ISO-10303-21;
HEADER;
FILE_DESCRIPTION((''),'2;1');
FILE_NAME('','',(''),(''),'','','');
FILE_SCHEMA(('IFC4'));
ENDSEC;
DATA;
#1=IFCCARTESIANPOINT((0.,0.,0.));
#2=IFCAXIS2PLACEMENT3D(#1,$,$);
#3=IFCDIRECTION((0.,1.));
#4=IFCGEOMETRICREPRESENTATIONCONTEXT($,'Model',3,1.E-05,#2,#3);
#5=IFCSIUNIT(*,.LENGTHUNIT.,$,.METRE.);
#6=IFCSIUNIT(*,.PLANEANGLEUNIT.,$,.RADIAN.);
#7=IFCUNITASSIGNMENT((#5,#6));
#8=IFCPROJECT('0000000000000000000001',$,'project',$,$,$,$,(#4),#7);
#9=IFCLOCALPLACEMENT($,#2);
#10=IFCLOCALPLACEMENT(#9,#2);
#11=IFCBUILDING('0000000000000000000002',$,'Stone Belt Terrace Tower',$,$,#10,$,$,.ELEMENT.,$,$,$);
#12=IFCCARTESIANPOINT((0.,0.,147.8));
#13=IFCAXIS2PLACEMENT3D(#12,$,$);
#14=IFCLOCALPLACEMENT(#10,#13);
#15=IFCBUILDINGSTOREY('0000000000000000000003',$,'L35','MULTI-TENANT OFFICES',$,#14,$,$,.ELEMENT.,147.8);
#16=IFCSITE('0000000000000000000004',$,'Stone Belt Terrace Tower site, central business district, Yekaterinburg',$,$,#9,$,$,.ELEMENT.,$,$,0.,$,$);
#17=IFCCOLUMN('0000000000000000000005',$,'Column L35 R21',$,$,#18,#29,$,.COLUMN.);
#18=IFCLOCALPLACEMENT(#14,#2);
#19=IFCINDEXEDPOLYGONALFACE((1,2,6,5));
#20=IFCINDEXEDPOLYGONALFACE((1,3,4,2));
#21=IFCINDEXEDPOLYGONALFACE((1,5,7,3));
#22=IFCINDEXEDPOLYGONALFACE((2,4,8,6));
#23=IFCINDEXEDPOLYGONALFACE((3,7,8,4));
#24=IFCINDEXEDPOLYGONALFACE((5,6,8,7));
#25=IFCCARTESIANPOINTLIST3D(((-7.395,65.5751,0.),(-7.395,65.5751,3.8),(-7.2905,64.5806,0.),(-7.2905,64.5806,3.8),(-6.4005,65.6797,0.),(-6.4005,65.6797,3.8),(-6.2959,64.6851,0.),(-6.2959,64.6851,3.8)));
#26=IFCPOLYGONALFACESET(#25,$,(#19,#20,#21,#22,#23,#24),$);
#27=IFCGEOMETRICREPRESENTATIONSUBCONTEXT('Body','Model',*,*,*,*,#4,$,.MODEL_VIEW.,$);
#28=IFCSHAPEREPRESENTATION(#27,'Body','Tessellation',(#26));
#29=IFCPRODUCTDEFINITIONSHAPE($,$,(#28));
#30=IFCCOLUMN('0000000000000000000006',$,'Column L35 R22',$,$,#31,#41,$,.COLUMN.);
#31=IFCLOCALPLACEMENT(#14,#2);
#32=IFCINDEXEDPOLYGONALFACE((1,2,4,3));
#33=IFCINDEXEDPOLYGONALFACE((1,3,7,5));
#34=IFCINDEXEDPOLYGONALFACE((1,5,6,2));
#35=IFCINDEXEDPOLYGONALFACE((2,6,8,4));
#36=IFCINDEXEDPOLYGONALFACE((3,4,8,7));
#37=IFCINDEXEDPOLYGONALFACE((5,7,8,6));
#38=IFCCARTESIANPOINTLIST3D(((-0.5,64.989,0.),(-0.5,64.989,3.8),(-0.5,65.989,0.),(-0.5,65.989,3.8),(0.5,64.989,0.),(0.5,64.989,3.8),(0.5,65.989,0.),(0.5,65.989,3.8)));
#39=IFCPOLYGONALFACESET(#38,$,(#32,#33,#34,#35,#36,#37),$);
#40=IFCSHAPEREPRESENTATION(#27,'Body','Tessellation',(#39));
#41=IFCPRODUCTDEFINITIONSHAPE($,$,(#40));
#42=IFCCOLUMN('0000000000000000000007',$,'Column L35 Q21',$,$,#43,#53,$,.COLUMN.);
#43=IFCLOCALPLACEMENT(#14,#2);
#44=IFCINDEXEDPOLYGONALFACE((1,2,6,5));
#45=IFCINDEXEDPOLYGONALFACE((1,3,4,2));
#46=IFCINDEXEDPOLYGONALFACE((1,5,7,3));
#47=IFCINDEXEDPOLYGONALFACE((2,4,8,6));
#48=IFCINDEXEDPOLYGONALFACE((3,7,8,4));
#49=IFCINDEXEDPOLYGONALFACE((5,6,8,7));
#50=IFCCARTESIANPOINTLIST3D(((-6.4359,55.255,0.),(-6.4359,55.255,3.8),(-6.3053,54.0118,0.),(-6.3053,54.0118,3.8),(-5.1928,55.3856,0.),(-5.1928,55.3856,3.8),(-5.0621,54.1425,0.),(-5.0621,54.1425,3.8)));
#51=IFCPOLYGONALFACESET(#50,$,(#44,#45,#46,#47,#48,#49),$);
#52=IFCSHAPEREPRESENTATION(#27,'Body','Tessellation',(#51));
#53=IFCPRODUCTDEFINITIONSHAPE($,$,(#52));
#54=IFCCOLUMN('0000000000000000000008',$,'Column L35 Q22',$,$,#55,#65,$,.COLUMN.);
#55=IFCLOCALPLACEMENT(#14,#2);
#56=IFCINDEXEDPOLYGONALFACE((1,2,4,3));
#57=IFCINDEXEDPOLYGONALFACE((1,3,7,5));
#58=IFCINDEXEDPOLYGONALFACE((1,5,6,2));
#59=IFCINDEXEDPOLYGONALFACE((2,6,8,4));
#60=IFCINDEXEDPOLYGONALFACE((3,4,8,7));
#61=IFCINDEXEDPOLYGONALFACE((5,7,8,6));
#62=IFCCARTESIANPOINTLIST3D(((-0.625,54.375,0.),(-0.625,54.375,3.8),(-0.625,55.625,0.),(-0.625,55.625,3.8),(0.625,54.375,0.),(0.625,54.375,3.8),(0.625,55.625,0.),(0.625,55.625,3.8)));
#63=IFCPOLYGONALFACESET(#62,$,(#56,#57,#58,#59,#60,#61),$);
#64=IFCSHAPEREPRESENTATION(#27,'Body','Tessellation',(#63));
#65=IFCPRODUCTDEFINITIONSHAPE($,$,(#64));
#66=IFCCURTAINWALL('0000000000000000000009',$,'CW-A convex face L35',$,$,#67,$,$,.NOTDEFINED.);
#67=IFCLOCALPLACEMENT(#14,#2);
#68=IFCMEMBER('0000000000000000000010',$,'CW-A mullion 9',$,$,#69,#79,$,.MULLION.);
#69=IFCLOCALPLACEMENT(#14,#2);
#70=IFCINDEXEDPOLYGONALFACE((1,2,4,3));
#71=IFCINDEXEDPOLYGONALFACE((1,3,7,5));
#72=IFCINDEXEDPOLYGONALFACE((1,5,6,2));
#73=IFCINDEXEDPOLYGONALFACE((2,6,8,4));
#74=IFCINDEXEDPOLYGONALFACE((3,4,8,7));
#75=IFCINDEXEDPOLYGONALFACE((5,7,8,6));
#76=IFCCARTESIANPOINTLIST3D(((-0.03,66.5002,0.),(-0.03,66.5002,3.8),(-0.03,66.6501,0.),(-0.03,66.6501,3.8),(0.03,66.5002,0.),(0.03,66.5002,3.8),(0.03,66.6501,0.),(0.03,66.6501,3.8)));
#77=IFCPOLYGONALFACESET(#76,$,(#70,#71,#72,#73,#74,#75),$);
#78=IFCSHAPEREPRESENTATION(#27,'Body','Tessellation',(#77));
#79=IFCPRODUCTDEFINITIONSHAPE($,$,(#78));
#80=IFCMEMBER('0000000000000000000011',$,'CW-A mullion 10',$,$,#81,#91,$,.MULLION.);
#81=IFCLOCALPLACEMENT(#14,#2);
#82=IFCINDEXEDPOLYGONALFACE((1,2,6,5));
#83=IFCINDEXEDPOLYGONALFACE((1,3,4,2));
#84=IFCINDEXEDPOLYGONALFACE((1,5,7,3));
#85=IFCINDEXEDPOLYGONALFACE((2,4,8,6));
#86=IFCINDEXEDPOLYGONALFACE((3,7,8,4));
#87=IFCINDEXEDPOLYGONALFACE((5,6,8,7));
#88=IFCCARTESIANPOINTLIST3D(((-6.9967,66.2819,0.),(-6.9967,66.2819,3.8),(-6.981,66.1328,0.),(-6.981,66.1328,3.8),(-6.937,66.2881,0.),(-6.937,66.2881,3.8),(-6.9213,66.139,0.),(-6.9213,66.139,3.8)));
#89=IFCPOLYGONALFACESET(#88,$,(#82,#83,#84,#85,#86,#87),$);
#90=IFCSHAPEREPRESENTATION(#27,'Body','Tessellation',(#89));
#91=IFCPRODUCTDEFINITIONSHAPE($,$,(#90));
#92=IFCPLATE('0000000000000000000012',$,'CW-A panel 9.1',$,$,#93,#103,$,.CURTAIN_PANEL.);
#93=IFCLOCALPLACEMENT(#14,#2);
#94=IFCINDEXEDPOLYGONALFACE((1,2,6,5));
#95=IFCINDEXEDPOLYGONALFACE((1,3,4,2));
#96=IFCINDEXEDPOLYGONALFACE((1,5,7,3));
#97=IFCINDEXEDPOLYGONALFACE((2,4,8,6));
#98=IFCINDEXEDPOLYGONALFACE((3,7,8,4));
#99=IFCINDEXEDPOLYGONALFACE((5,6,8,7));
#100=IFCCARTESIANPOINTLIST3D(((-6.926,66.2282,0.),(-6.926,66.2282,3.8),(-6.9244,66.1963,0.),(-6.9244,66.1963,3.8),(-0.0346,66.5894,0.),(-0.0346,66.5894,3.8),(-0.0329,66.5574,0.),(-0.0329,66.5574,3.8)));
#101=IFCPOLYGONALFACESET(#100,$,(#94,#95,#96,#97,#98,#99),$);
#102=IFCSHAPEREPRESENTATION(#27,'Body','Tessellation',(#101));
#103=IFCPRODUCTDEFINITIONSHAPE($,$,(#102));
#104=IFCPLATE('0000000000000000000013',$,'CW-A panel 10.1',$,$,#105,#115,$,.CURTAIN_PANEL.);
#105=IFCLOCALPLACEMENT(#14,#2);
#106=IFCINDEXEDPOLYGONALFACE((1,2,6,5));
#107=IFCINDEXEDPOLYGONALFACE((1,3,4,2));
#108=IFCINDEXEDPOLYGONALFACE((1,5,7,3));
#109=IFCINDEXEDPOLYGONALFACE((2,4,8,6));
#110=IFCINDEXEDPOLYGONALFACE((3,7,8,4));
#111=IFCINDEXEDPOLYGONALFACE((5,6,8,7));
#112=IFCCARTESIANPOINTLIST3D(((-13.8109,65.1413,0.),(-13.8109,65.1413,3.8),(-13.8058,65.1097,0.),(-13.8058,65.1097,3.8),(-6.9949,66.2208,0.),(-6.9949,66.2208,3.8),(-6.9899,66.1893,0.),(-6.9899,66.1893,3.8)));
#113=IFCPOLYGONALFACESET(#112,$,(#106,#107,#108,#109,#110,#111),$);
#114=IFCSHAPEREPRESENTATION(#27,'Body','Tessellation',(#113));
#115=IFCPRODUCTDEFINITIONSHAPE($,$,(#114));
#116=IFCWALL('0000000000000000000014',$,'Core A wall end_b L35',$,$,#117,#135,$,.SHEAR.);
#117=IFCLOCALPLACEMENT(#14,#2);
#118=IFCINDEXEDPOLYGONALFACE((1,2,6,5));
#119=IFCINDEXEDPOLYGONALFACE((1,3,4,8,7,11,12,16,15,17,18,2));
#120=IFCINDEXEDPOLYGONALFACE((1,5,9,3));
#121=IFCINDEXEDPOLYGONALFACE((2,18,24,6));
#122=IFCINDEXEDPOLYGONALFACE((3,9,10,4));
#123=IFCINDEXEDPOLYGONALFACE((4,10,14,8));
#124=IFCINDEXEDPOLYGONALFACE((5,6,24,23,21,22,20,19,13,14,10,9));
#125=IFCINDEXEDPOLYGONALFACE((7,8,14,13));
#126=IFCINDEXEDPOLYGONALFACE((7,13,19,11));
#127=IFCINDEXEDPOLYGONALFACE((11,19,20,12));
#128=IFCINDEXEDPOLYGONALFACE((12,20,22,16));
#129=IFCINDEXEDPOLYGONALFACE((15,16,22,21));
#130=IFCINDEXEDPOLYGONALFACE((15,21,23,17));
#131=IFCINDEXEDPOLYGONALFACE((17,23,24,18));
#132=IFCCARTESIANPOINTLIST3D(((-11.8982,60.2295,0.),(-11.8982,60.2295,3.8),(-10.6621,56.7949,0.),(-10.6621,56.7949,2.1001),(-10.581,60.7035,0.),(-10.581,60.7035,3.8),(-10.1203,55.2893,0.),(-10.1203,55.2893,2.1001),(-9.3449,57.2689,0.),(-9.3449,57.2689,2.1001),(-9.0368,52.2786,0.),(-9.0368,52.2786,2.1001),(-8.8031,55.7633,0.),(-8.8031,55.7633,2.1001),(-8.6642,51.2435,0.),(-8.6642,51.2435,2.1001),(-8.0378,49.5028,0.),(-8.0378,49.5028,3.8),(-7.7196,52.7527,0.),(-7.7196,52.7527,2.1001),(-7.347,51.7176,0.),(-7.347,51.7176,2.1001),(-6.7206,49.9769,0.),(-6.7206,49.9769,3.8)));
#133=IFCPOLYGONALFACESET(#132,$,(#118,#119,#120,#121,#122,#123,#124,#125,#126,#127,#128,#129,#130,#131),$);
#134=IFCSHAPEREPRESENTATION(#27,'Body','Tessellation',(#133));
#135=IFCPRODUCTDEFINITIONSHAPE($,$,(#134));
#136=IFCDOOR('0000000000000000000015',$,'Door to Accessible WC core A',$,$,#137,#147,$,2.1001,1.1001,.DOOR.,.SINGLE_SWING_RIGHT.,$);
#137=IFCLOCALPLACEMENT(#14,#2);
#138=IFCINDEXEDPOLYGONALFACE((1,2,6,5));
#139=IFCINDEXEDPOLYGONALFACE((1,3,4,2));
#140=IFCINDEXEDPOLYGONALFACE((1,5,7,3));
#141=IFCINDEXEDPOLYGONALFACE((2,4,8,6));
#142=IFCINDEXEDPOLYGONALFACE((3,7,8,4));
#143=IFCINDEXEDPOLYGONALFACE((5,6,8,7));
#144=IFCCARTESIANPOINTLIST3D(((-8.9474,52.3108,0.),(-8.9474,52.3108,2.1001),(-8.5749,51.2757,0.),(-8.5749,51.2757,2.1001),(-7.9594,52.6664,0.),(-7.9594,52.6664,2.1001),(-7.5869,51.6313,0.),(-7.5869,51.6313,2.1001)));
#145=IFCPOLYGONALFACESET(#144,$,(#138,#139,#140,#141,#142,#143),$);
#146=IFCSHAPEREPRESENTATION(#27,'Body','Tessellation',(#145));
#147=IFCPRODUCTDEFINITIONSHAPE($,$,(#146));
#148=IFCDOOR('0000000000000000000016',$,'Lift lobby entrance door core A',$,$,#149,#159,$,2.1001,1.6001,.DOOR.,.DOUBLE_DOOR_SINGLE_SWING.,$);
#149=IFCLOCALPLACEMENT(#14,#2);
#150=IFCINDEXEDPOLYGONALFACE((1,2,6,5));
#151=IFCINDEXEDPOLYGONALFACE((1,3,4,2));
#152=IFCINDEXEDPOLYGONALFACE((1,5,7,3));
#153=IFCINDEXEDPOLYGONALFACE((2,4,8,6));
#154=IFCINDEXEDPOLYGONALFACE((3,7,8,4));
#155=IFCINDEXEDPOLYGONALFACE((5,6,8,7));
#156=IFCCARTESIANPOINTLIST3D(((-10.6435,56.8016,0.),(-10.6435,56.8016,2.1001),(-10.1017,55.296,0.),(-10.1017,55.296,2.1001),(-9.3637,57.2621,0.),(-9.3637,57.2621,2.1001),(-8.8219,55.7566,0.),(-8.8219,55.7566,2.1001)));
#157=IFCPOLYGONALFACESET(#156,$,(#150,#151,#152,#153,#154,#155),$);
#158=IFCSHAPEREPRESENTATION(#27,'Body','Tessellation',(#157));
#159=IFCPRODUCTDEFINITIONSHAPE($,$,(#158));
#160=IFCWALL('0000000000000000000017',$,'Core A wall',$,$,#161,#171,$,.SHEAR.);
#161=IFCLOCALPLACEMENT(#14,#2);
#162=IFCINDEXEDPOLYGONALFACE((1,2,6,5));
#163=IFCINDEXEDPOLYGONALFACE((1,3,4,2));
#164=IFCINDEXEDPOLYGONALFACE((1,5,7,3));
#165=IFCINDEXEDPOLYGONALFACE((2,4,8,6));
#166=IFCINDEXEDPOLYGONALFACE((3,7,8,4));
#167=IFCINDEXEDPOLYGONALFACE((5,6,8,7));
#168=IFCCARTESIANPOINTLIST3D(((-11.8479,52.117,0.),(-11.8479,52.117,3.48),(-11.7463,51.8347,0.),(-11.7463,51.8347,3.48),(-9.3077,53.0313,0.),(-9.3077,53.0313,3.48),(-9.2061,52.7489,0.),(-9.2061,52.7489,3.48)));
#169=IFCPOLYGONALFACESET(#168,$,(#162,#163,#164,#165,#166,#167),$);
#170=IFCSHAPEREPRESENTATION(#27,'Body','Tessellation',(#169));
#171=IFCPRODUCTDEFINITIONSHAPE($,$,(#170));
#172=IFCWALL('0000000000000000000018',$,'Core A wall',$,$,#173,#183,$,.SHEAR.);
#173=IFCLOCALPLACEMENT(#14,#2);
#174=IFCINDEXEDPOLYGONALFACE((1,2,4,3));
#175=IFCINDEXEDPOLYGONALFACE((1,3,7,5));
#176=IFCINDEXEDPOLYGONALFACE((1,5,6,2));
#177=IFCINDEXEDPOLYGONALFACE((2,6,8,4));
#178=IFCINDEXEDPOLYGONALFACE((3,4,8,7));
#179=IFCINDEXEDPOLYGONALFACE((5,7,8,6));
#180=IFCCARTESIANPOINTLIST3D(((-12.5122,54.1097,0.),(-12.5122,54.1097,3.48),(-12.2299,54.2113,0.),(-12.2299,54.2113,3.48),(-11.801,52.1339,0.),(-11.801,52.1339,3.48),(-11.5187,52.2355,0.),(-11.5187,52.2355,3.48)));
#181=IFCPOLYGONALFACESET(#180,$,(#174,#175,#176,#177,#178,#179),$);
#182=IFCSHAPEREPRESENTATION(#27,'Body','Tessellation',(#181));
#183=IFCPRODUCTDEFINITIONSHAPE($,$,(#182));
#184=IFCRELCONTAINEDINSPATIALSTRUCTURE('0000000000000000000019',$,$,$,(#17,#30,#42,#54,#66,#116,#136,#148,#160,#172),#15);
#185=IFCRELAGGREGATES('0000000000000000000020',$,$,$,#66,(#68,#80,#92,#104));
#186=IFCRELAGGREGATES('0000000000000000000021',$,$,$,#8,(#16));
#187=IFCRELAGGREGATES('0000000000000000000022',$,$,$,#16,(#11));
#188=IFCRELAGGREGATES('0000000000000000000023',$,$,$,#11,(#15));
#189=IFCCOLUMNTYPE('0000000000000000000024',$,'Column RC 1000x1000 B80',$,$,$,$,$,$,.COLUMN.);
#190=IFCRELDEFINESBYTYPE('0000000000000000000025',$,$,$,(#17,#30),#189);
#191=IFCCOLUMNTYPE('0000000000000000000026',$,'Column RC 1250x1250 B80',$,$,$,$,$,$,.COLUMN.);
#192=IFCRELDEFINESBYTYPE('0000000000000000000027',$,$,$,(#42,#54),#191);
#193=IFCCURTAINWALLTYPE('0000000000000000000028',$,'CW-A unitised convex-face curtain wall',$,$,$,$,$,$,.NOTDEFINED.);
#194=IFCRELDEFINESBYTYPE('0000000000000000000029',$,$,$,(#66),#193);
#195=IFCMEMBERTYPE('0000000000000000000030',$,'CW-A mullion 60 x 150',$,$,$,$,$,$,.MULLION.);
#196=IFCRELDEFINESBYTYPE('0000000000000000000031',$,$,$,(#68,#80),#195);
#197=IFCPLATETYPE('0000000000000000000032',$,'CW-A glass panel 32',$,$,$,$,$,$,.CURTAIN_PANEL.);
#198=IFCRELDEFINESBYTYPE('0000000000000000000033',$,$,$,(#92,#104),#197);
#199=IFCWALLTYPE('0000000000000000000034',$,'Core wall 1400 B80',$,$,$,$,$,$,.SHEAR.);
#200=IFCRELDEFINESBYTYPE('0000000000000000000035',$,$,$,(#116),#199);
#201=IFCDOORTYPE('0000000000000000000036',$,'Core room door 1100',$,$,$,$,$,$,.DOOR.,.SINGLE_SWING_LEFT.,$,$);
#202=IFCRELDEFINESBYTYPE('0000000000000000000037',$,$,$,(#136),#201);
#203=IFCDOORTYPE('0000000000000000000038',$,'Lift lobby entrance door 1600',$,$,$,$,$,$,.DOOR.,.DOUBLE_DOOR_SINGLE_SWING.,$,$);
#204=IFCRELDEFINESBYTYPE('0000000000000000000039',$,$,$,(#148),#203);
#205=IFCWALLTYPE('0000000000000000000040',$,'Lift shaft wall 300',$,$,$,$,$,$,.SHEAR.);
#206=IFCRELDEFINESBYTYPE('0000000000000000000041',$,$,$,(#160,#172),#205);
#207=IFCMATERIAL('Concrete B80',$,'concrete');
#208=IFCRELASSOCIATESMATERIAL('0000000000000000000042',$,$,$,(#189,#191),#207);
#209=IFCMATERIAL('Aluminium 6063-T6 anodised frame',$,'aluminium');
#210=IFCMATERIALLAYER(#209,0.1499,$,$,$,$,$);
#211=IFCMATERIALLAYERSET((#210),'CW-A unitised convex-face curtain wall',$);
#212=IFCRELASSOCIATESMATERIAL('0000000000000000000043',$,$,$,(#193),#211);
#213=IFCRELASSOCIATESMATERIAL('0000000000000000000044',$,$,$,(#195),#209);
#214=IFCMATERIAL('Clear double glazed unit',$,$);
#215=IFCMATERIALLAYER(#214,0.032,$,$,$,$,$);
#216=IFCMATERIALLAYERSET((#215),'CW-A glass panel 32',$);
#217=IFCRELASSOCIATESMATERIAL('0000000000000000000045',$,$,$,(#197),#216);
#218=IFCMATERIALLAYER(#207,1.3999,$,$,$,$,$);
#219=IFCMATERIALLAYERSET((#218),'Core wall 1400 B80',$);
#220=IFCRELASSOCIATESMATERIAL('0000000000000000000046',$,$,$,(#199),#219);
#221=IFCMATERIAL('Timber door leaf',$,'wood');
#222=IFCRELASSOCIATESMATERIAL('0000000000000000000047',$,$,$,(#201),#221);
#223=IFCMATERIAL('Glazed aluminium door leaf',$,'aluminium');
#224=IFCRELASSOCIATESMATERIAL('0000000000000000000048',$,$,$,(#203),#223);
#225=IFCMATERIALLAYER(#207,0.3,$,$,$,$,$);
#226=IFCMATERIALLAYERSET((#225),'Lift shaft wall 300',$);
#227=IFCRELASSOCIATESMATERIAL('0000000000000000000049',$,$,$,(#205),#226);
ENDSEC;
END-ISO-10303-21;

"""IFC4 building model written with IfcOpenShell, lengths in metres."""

from ifc_helpers import new_model, si_unit, direction, frame, frame_2d, origin, origin_2d, place, context, subcontext, project, spatial, rectangle, extrude, material, layer, layer_set, material_profile, profile_set, type_object, element, fill, aggregate, save


model = new_model("IFC4")

# Units and contexts
model_context = context("Model", 3, precision=1e-05, world=origin(), true_north=direction((0.0, 1.0)))
body_context = subcontext(model_context, "Body", "Model", "MODEL_VIEW")
ifc_project = project(units=[si_unit("LENGTHUNIT", "METRE"), si_unit("PLANEANGLEUNIT", "RADIAN")], contexts=[model_context])

# Site, building, storey
site_placement = place(None, origin())
site = spatial("IfcSite", under=ifc_project, at=site_placement, Name="Stone Belt Terrace Tower site, central business district, Yekaterinburg", CompositionType="ELEMENT", RefElevation=0.0)
building_placement = place(site_placement, origin())
building = spatial("IfcBuilding", under=site, at=building_placement, Name="Stone Belt Terrace Tower", CompositionType="ELEMENT")
storey_placement = place(building_placement, frame((0.0, 0.0, 147.8)))
storey = spatial("IfcBuildingStorey", under=building, at=storey_placement, Name="L35", Description="MULTI-TENANT OFFICES", CompositionType="ELEMENT", Elevation=147.8)

# Columns
ifc_material_1 = material(Name="Concrete B80", Category="concrete")
ifc_material_profile_1 = material_profile(ifc_material_1, rectangle(XDim=1.0, YDim=1.0, at=origin_2d()), Name="RC 1000x1000")
ifc_profile_set_1 = profile_set([ifc_material_profile_1], Name="Concrete B80")
column_type_1 = type_object("IfcColumnType", Name="Column RC 1000x1000 B80", PredefinedType="COLUMN", material=ifc_profile_set_1)
for number, where, z_axis, x_axis, name in (
    (1, (-6.8455, 65.1301, 0.0), (0.0, 0.0, 1.0), (0.994522, 0.104528, 0.0), "Column L35 R21"),
    (2, (0.0, 65.489, 0.0), (0.0, 0.0, 1.0), (1.0, 0.0, 0.0), "Column L35 R22"),
):
    element("IfcColumn", number, at=place(storey_placement, frame(where, z_axis=z_axis, x_axis=x_axis)), inside=storey, type_object=column_type_1, Name=name, PredefinedType="COLUMN", context=body_context, shape_type="SweptSolid", body=[
        extrude(rectangle(XDim=1.0, YDim=1.0, at=origin_2d()), origin(), (0.0, 0.0, 1.0), 3.8),
    ])
ifc_material_profile_2 = material_profile(ifc_material_1, rectangle(XDim=1.25, YDim=1.25, at=origin_2d()), Name="RC 1250x1250")
ifc_profile_set_2 = profile_set([ifc_material_profile_2], Name="Concrete B80")
column_type_2 = type_object("IfcColumnType", Name="Column RC 1250x1250 B80", PredefinedType="COLUMN", material=ifc_profile_set_2)
for number, where, z_axis, x_axis, name in (
    (3, (-5.749, 54.6987, 0.0), (0.0, 0.0, 1.0), (0.994522, 0.104528, 0.0), "Column L35 Q21"),
    (4, (0.0, 55.0, 0.0), (0.0, 0.0, 1.0), (1.0, 0.0, 0.0), "Column L35 Q22"),
):
    element("IfcColumn", number, at=place(storey_placement, frame(where, z_axis=z_axis, x_axis=x_axis)), inside=storey, type_object=column_type_2, Name=name, PredefinedType="COLUMN", context=body_context, shape_type="SweptSolid", body=[
        extrude(rectangle(XDim=1.25, YDim=1.25, at=origin_2d()), origin(), (0.0, 0.0, 1.0), 3.8),
    ])

# Curtain wall, members, plates
ifc_material_2 = material(Name="Aluminium 6063-T6 anodised frame", Category="aluminium")
ifc_layer_1 = layer(ifc_material_2, 0.1499)
ifc_layer_set_1 = layer_set([ifc_layer_1], Name="CW-A unitised convex-face curtain wall")
curtain_wall_type = type_object("IfcCurtainWallType", Name="CW-A unitised convex-face curtain wall", PredefinedType="NOTDEFINED", material=ifc_layer_set_1)
curtain_wall_placement = place(storey_placement, origin())
curtain_wall = element("IfcCurtainWall", 5, at=curtain_wall_placement, inside=storey, type_object=curtain_wall_type, Name="CW-A convex face L35", PredefinedType="NOTDEFINED")
ifc_material_profile_3 = material_profile(ifc_material_2, rectangle(XDim=0.1499, YDim=0.0601, at=origin_2d()), Name="Aluminium 6063-T6 60x150")
ifc_profile_set_3 = profile_set([ifc_material_profile_3], Name="Aluminium 6063-T6 anodised frame")
member_type = type_object("IfcMemberType", Name="CW-A mullion 60 x 150", PredefinedType="MULLION", material=ifc_profile_set_3)
member_1_placement = place(storey_placement, frame((0.0, 66.5752, 0.0), z_axis=(0.0, 0.0, 1.0), x_axis=(0.0, -1.0, 0.0)))
member_1 = element("IfcMember", 6, at=member_1_placement, type_object=member_type, Name="CW-A mullion 9", PredefinedType="MULLION", context=body_context, shape_type="SweptSolid", body=[
    extrude(rectangle(XDim=0.1499, YDim=0.0601, at=origin_2d()), origin(), (0.0, 0.0, 1.0), 3.8),
])
member_2_placement = place(storey_placement, frame((-6.959, 66.2104, 0.0), z_axis=(0.0, 0.0, 1.0), x_axis=(0.104528, -0.994522, 0.0)))
member_2 = element("IfcMember", 7, at=member_2_placement, type_object=member_type, Name="CW-A mullion 10", PredefinedType="MULLION", context=body_context, shape_type="SweptSolid", body=[
    extrude(rectangle(XDim=0.1499, YDim=0.0601, at=origin_2d()), origin(), (0.0, 0.0, 1.0), 3.8),
])
ifc_material_3 = material(Name="Clear double glazed unit")
ifc_layer_2 = layer(ifc_material_3, 0.032)
ifc_layer_set_2 = layer_set([ifc_layer_2], Name="CW-A glass panel 32")
plate_type = type_object("IfcPlateType", Name="CW-A glass panel 32", PredefinedType="CURTAIN_PANEL", material=ifc_layer_set_2)
plate_1_placement = place(storey_placement, frame((-3.4795, 66.3928, 0.0), z_axis=(0.0, 0.0, 1.0), x_axis=(-0.99863, -0.052336, 0.0)))
plate_1 = element("IfcPlate", 8, at=plate_1_placement, type_object=plate_type, Name="CW-A panel 9.1", PredefinedType="CURTAIN_PANEL", context=body_context, shape_type="SweptSolid", body=[
    extrude(rectangle(XDim=6.9009, YDim=0.032, at=origin_2d()), origin(), (0.0, 0.0, 1.0), 3.8),
])
plate_2_placement = place(storey_placement, frame((-10.4004, 65.6653, 0.0), z_axis=(0.0, 0.0, 1.0), x_axis=(-0.987688, -0.156434, 0.0)))
plate_2 = element("IfcPlate", 9, at=plate_2_placement, type_object=plate_type, Name="CW-A panel 10.1", PredefinedType="CURTAIN_PANEL", context=body_context, shape_type="SweptSolid", body=[
    extrude(rectangle(XDim=6.9009, YDim=0.032, at=origin_2d()), origin(), (0.0, 0.0, 1.0), 3.8),
])
aggregate(curtain_wall, [member_1, member_2, plate_1, plate_2])

# Wall, openings, doors
ifc_layer_3 = layer(ifc_material_1, 1.3999)
ifc_layer_set_3 = layer_set([ifc_layer_3], Name="Core wall 1400 B80")
wall_type_1 = type_object("IfcWallType", Name="Core wall 1400 B80", PredefinedType="SHEAR", material=ifc_layer_set_3)
wall_1_placement = place(storey_placement, frame((-7.3792, 49.7397, 0.0), z_axis=(0.0, 0.0, 1.0), x_axis=(-0.338625, 0.940921, 0.0)))
wall_1 = element("IfcWall", 10, at=wall_1_placement, inside=storey, type_object=wall_type_1, Name="Core A wall end_b L35", PredefinedType="SHEAR", context=body_context, shape_type="SweptSolid", body=[
    extrude(rectangle(XDim=11.4001, YDim=1.3999, at=frame_2d((5.7002, 0.0))), origin(), (0.0, 0.0, 1.0), 3.8),
])
opening_1_placement = place(wall_1_placement, frame((6.1499, 0.0, 0.0)))
opening_1 = element("IfcOpeningElement", 11, at=opening_1_placement, cuts=wall_1, PredefinedType="OPENING", context=body_context, shape_type="SweptSolid", body=[
    extrude(rectangle(XDim=1.6001, YDim=2.1001, at=frame_2d((0.8, 1.05))), frame((0.0, 0.71, 0.0), z_axis=(0.0, -1.0, 0.0), x_axis=(1.0, 0.0, 0.0)), (0.0, 0.0, 1.0), 1.4199),
])
opening_2_placement = place(wall_1_placement, frame((1.8501, 0.0, 0.0)))
opening_2 = element("IfcOpeningElement", 12, at=opening_2_placement, cuts=wall_1, PredefinedType="OPENING", context=body_context, shape_type="SweptSolid", body=[
    extrude(rectangle(XDim=1.1001, YDim=2.1001, at=frame_2d((0.55, 1.05))), frame((0.0, 0.71, 0.0), z_axis=(0.0, -1.0, 0.0), x_axis=(1.0, 0.0, 0.0)), (0.0, 0.0, 1.0), 1.4199),
])
ifc_material_4 = material(Name="Timber door leaf", Category="wood")
door_type_1 = type_object("IfcDoorType", Name="Core room door 1100", OperationType="SINGLE_SWING_LEFT", PredefinedType="DOOR", material=ifc_material_4)
door_1_placement = place(opening_2_placement, origin())
door_1 = element("IfcDoor", 13, at=door_1_placement, inside=storey, type_object=door_type_1, Name="Door to Accessible WC core A", OperationType="SINGLE_SWING_RIGHT", OverallHeight=2.1001, OverallWidth=1.1001, PredefinedType="DOOR", context=body_context, shape_type="SweptSolid", body=[
    extrude(rectangle(XDim=1.1001, YDim=2.1001, at=frame_2d((0.55, 1.05))), frame((0.0, 0.605, 0.0), z_axis=(0.0, -1.0, 0.0), x_axis=(1.0, 0.0, 0.0)), (0.0, 0.0, 1.0), 1.05),
])
fill(opening_2, door_1)
ifc_material_5 = material(Name="Glazed aluminium door leaf", Category="aluminium")
door_type_2 = type_object("IfcDoorType", Name="Lift lobby entrance door 1600", OperationType="DOUBLE_DOOR_SINGLE_SWING", PredefinedType="DOOR", material=ifc_material_5)
door_2_placement = place(opening_1_placement, origin())
door_2 = element("IfcDoor", 14, at=door_2_placement, inside=storey, type_object=door_type_2, Name="Lift lobby entrance door core A", OperationType="DOUBLE_DOOR_SINGLE_SWING", OverallHeight=2.1001, OverallWidth=1.6001, PredefinedType="DOOR", context=body_context, shape_type="SweptSolid", body=[
    extrude(rectangle(XDim=1.6001, YDim=2.1001, at=frame_2d((0.8, 1.05))), frame((0.0, 0.6802, 0.0), z_axis=(0.0, -1.0, 0.0), x_axis=(1.0, 0.0, 0.0)), (0.0, 0.0, 1.0), 1.3601),
])
fill(opening_1, door_2)

# Walls
ifc_layer_4 = layer(ifc_material_1, 0.3)
ifc_layer_set_4 = layer_set([ifc_layer_4], Name="Lift shaft wall 300")
wall_type_2 = type_object("IfcWallType", Name="Lift shaft wall 300", PredefinedType="SHEAR", material=ifc_layer_set_4)
wall_2_placement = place(storey_placement, frame((-11.7971, 51.9758, 0.0), z_axis=(0.0, 0.0, 1.0), x_axis=(0.94091, 0.338655, 0.0)))
element("IfcWall", 15, at=wall_2_placement, inside=storey, type_object=wall_type_2, Name="Core A wall", PredefinedType="SHEAR", context=body_context, shape_type="SweptSolid", body=[
    extrude(rectangle(XDim=2.6997, YDim=0.3, at=frame_2d((1.3499, 0.0))), origin(), (0.0, 0.0, 1.0), 3.48),
])
wall_3_placement = place(storey_placement, frame((-11.6599, 52.1848, 0.0), z_axis=(0.0, 0.0, 1.0), x_axis=(-0.33867, 0.940905, 0.0)))
element("IfcWall", 16, at=wall_3_placement, inside=storey, type_object=wall_type_2, Name="Core A wall", PredefinedType="SHEAR", context=body_context, shape_type="SweptSolid", body=[
    extrude(rectangle(XDim=2.0999, YDim=0.3, at=frame_2d((1.0498, 0.0))), origin(), (0.0, 0.0, 1.0), 3.48),
])

save(model, "model.ifc")
